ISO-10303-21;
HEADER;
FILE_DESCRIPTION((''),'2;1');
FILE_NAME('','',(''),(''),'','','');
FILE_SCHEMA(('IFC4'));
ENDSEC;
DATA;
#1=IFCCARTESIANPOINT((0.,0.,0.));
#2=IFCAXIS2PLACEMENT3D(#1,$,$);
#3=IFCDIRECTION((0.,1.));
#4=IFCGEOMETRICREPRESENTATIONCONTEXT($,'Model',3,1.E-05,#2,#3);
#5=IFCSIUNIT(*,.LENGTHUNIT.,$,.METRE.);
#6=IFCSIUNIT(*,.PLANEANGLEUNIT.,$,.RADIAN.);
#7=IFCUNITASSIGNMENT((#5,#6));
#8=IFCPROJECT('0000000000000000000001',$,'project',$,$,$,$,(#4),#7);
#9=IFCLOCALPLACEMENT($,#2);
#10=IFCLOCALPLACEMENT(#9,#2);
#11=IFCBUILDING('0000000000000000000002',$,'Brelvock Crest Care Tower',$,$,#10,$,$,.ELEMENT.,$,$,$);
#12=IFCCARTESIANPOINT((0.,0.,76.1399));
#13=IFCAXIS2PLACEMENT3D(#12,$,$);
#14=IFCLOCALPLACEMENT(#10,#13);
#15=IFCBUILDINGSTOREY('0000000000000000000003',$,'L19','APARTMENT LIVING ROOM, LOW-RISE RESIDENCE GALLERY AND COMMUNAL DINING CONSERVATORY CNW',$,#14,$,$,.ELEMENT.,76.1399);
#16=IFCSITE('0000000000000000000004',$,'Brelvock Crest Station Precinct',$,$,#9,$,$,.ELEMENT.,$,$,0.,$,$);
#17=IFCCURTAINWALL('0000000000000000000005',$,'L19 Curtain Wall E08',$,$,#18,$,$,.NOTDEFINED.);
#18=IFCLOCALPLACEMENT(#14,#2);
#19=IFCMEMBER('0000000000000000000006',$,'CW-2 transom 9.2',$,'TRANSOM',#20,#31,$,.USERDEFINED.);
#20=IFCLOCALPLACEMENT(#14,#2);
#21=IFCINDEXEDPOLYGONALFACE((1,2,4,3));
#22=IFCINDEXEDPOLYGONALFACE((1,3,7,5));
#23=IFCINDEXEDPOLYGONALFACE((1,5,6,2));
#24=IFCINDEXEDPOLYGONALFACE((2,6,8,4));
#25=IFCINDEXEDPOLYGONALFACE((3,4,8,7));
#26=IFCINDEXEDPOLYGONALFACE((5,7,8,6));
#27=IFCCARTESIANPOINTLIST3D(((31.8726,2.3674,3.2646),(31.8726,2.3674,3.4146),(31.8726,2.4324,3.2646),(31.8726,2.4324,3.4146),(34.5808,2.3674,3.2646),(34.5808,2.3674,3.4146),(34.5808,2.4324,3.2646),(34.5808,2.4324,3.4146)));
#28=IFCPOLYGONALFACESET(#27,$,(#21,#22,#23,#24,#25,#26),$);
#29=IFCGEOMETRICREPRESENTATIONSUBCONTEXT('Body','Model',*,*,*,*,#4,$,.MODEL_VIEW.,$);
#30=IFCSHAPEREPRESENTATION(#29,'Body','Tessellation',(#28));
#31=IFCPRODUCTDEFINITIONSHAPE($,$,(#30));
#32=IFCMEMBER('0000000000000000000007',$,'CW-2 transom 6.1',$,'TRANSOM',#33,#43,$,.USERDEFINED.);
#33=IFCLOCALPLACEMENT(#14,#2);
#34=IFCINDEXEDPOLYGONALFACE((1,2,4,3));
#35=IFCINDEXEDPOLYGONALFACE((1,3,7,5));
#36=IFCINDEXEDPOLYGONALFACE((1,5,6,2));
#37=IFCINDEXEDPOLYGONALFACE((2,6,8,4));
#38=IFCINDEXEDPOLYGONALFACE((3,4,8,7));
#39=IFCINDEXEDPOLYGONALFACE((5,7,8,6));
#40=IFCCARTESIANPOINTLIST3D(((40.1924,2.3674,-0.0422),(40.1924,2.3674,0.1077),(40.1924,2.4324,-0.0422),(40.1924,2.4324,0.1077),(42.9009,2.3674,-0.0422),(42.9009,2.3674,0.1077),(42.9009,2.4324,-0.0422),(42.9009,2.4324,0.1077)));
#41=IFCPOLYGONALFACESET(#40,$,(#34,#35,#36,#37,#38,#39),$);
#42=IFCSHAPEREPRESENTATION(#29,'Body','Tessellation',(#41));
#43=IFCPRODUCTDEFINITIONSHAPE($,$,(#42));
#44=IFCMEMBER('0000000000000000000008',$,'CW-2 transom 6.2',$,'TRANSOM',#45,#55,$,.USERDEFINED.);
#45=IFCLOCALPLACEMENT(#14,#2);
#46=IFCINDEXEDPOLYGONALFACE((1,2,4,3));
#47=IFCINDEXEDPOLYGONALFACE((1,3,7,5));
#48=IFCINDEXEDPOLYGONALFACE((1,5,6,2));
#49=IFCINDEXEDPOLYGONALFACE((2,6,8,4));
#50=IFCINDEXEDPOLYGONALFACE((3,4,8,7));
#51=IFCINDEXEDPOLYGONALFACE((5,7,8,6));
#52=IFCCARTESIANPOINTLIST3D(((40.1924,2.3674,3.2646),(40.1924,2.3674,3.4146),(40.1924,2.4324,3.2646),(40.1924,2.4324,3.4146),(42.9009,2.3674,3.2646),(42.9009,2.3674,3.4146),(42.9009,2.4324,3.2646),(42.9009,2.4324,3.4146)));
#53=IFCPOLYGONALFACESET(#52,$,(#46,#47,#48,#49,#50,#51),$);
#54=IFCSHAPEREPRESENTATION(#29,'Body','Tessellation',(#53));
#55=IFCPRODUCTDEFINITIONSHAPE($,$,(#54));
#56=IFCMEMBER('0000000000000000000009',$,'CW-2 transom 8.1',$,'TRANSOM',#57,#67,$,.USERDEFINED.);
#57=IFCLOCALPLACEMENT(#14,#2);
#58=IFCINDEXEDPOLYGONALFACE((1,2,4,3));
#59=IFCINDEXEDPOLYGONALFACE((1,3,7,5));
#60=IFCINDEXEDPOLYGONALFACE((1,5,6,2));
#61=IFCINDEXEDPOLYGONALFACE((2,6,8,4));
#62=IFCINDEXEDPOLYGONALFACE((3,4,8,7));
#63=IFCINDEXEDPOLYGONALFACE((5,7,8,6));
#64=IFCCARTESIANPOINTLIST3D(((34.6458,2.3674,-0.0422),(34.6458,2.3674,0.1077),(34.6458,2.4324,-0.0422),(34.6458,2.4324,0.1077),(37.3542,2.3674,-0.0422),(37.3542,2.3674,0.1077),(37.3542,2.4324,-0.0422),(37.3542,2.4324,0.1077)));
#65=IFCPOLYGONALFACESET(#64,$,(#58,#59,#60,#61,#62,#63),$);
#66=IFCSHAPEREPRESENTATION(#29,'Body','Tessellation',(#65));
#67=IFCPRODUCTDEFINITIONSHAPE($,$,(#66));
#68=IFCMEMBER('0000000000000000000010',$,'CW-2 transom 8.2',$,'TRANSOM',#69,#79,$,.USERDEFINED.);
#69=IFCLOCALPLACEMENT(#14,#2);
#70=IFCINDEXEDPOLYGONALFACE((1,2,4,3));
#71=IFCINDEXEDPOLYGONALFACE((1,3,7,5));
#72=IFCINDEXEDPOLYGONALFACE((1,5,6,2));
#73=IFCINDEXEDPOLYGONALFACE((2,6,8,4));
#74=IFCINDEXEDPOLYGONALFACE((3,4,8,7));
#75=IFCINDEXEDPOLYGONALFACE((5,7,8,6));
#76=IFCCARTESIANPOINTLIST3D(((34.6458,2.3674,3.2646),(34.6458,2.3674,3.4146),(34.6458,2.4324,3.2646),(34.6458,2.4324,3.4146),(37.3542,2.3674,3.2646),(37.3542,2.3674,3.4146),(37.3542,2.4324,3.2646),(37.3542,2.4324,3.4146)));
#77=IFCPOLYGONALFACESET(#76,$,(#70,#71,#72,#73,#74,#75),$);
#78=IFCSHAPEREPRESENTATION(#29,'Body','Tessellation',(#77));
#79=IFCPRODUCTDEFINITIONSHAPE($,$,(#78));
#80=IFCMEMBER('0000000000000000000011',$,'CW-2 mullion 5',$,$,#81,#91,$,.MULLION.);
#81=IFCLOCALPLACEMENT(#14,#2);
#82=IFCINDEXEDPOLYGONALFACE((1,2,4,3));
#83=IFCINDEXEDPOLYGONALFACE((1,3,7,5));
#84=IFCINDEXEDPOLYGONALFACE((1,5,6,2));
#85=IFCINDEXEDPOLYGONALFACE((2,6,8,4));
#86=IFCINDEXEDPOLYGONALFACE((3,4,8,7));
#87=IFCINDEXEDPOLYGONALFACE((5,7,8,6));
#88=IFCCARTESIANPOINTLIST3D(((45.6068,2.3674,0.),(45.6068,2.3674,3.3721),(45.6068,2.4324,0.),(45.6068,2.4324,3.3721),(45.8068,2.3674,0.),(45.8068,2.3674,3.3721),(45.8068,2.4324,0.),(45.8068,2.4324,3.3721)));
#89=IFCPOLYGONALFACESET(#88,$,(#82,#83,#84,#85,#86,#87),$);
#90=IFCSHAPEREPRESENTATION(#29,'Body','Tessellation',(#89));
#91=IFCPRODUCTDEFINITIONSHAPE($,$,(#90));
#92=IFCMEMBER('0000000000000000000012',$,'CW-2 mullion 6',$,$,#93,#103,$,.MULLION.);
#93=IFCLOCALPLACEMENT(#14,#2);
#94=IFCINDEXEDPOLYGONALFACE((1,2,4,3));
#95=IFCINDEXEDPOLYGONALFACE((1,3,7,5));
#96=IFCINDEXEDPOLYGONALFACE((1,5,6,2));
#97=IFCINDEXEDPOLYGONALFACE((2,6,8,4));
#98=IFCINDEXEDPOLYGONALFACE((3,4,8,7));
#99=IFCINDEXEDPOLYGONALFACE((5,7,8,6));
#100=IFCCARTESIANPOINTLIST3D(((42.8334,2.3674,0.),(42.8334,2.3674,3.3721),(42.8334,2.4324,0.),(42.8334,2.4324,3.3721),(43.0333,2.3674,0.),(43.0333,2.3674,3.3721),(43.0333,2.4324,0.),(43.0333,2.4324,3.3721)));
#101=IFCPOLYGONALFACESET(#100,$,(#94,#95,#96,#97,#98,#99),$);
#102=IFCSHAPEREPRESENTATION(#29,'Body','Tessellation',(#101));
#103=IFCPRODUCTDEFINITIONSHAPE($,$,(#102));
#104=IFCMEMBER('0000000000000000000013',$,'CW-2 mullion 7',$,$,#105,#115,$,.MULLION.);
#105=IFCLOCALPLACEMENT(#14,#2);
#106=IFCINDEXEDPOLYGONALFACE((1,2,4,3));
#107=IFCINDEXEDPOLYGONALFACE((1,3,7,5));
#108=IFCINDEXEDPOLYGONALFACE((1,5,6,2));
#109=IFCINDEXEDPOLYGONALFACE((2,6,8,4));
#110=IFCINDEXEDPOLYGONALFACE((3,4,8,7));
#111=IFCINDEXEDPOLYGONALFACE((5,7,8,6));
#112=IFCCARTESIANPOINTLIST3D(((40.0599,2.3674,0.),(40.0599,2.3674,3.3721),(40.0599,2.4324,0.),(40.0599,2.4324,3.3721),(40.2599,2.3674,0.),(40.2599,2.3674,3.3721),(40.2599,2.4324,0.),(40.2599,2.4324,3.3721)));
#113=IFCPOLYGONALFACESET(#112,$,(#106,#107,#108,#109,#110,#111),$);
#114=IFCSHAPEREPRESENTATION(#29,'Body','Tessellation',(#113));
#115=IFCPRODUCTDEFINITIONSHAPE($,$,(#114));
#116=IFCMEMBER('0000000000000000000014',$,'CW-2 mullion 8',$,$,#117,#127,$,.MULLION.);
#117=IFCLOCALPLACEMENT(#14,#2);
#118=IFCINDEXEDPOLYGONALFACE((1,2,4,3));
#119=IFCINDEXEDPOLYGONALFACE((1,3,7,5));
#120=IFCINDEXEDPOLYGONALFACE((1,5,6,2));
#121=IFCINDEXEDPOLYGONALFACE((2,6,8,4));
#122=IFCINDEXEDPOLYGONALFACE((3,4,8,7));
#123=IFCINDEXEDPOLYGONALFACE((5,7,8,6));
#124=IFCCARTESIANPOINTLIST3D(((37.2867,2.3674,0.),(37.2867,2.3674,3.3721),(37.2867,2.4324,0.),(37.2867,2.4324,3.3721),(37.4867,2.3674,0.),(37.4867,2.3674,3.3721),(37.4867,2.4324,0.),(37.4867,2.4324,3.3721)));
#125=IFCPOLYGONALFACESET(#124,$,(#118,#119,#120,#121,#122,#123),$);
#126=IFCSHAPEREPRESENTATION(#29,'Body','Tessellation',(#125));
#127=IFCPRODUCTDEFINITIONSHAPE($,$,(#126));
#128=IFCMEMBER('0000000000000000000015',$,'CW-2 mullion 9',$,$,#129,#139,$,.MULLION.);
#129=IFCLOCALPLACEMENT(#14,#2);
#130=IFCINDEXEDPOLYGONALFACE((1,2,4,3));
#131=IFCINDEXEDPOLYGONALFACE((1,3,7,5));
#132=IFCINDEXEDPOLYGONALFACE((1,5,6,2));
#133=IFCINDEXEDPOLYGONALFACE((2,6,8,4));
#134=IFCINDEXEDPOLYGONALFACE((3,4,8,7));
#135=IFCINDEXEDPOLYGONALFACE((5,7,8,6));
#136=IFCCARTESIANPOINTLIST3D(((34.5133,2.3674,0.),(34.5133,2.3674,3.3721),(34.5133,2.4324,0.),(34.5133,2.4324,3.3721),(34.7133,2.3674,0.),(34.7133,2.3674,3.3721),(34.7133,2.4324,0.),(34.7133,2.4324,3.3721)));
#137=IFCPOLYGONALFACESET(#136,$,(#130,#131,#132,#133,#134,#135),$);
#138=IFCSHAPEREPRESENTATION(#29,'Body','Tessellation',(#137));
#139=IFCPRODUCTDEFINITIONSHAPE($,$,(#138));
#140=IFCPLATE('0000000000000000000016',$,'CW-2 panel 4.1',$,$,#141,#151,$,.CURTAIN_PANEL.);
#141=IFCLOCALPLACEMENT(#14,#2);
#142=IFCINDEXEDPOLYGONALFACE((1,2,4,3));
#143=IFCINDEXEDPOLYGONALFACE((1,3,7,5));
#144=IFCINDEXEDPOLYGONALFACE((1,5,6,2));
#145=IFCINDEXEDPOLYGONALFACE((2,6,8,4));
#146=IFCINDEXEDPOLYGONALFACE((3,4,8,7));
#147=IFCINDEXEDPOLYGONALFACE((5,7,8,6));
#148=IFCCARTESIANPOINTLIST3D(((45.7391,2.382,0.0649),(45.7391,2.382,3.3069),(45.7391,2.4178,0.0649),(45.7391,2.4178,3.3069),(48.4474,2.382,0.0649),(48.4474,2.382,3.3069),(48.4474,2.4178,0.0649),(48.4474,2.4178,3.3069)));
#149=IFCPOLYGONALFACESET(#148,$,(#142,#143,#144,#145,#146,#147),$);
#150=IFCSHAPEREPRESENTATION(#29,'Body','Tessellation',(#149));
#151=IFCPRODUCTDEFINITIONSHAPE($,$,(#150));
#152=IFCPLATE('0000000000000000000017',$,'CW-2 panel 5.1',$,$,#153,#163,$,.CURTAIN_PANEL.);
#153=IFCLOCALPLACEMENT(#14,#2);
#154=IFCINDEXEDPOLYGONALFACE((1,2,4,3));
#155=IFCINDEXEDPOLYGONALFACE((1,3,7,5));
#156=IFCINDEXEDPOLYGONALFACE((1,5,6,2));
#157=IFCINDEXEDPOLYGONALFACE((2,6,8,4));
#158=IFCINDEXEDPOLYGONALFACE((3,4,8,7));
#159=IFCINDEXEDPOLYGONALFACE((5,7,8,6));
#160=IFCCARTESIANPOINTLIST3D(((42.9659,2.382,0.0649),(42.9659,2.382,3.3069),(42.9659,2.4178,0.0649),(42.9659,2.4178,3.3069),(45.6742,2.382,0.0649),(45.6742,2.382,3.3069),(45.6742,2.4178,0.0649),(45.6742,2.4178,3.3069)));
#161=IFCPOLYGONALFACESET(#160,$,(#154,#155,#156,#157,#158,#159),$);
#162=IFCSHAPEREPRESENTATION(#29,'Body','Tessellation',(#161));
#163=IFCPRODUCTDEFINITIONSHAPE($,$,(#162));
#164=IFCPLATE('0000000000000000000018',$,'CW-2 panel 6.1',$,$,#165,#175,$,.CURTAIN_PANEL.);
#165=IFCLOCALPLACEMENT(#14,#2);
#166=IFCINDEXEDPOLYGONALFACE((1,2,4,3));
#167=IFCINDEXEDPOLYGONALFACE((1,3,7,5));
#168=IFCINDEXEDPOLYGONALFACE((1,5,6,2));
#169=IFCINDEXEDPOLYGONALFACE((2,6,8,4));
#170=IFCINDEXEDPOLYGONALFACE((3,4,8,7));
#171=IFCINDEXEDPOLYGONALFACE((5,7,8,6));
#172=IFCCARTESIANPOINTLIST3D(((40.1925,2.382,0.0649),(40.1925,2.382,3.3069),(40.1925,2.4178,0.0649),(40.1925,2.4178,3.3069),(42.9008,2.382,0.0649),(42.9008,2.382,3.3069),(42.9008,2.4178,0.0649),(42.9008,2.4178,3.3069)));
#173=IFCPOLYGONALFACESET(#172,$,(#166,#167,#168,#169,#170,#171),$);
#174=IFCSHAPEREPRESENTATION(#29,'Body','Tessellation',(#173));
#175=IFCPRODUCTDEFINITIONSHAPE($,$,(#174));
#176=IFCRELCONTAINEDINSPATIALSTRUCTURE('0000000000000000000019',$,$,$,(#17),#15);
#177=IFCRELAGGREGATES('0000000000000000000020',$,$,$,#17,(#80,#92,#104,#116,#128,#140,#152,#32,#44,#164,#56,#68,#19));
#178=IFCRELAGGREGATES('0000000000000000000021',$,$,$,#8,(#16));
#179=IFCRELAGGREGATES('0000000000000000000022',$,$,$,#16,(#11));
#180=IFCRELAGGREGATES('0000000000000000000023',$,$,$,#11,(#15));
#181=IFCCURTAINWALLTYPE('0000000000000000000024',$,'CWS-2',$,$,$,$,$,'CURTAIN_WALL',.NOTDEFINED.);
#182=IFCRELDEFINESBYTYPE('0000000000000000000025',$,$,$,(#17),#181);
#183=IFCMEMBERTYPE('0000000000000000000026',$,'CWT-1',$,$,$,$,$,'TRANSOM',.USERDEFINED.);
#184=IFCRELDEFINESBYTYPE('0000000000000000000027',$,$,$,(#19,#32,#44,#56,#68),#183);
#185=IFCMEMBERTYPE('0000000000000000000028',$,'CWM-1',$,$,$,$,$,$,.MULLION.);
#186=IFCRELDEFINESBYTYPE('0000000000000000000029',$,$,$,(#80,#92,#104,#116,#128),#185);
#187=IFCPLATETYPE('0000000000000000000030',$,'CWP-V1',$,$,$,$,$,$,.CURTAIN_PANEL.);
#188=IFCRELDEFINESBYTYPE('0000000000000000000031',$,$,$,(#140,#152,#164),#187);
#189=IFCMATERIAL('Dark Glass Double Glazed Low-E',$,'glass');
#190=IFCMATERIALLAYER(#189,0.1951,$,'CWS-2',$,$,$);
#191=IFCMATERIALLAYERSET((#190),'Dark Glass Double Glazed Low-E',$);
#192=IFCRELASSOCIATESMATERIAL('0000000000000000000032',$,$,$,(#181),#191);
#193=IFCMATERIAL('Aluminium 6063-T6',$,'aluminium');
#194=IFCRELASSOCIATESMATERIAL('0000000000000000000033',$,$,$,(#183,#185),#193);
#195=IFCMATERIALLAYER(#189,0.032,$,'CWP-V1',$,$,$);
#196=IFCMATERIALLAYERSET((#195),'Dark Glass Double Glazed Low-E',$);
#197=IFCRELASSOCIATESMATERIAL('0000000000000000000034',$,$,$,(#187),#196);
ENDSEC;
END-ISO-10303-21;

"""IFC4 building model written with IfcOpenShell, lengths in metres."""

from ifc_helpers import new_model, si_unit, direction, frame, origin, origin_2d, place, context, subcontext, project, spatial, rectangle, extrude, source, transform, mapped, material, layer, layer_set, material_profile, profile_set, type_object, element, aggregate, save


model = new_model("IFC4")

# Units and contexts
model_context = context("Model", 3, precision=1e-05, world=origin(), true_north=direction((0.0, 1.0)))
body_context = subcontext(model_context, "Body", "Model", "MODEL_VIEW")
ifc_project = project(units=[si_unit("LENGTHUNIT", "METRE"), si_unit("PLANEANGLEUNIT", "RADIAN")], contexts=[model_context])

# Site, building, storey
site_placement = place(None, origin())
site = spatial("IfcSite", under=ifc_project, at=site_placement, Name="Brelvock Crest Station Precinct", CompositionType="ELEMENT", RefElevation=0.0)
building_placement = place(site_placement, origin())
building = spatial("IfcBuilding", under=site, at=building_placement, Name="Brelvock Crest Care Tower", CompositionType="ELEMENT")
storey_placement = place(building_placement, frame((0.0, 0.0, 76.1399)))
storey = spatial("IfcBuildingStorey", under=building, at=storey_placement, Name="L19", Description="APARTMENT LIVING ROOM, LOW-RISE RESIDENCE GALLERY AND COMMUNAL DINING CONSERVATORY CNW", CompositionType="ELEMENT", Elevation=76.1399)

# Curtain wall, members, plates
ifc_material_1 = material(Name="Dark Glass Double Glazed Low-E", Category="glass")
ifc_layer_1 = layer(ifc_material_1, 0.1951, Name="CWS-2")
ifc_layer_set_1 = layer_set([ifc_layer_1], Name="Dark Glass Double Glazed Low-E")
curtain_wall_type = type_object("IfcCurtainWallType", Name="CWS-2", ElementType="CURTAIN_WALL", PredefinedType="NOTDEFINED", material=ifc_layer_set_1)
curtain_wall_placement = place(storey_placement, origin())
curtain_wall = element("IfcCurtainWall", 1, at=curtain_wall_placement, inside=storey, type_object=curtain_wall_type, Name="L19 Curtain Wall E08", PredefinedType="NOTDEFINED")
ifc_material_2 = material(Name="Aluminium 6063-T6", Category="aluminium")
ifc_material_profile_1 = material_profile(ifc_material_2, rectangle(XDim=0.0649, YDim=0.1499, at=origin_2d()), Name="ALU65x150")
ifc_profile_set_1 = profile_set([ifc_material_profile_1], Name="Aluminium 6063-T6")
member_type_1 = type_object("IfcMemberType", Name="CWT-1", ElementType="TRANSOM", PredefinedType="USERDEFINED", material=ifc_profile_set_1)
shared_shape_1 = source(origin(), body_context, "Body", "SweptSolid", [
    extrude(rectangle(XDim=0.0649, YDim=0.1499, at=origin_2d()), origin(), (0.0, 0.0, 1.0), 2.7083),
])
member_1_placement = place(storey_placement, frame((34.5808, 2.3999, 3.3396), z_axis=(-1.0, 0.0, 0.0), x_axis=(0.0, -1.0, 0.0)))
member_1 = element("IfcMember", 2, at=member_1_placement, type_object=member_type_1, Name="CW-2 transom 9.2", ObjectType="TRANSOM", PredefinedType="USERDEFINED", context=body_context, shape_type="MappedRepresentation", body=[
    mapped(shared_shape_1, transform((0.0, 0.0, 0.0), x_axis=(1.0, 0.0, 0.0), y_axis=(0.0, 1.0, 0.0), z_axis=(0.0, 0.0, 1.0), scale=1.0)),
])
shared_shape_2 = source(origin(), body_context, "Body", "SweptSolid", [
    extrude(rectangle(XDim=0.0649, YDim=0.1499, at=origin_2d()), origin(), (0.0, 0.0, 1.0), 2.7085),
])
member_2_placement = place(storey_placement, frame((42.9009, 2.3999, 0.0327), z_axis=(-1.0, 0.0, 0.0), x_axis=(0.0, -1.0, 0.0)))
member_2 = element("IfcMember", 3, at=member_2_placement, type_object=member_type_1, Name="CW-2 transom 6.1", ObjectType="TRANSOM", PredefinedType="USERDEFINED", context=body_context, shape_type="MappedRepresentation", body=[
    mapped(shared_shape_2, transform((0.0, 0.0, 0.0), x_axis=(1.0, 0.0, 0.0), y_axis=(0.0, 1.0, 0.0), z_axis=(0.0, 0.0, 1.0), scale=1.0)),
])
member_3_placement = place(storey_placement, frame((42.9009, 2.3999, 3.3396), z_axis=(-1.0, 0.0, 0.0), x_axis=(0.0, -1.0, 0.0)))
member_3 = element("IfcMember", 4, at=member_3_placement, type_object=member_type_1, Name="CW-2 transom 6.2", ObjectType="TRANSOM", PredefinedType="USERDEFINED", context=body_context, shape_type="MappedRepresentation", body=[
    mapped(shared_shape_2, transform((0.0, 0.0, 0.0), x_axis=(1.0, 0.0, 0.0), y_axis=(0.0, 1.0, 0.0), z_axis=(0.0, 0.0, 1.0), scale=1.0)),
])
member_4_placement = place(storey_placement, frame((37.3542, 2.3999, 0.0327), z_axis=(-1.0, 0.0, 0.0), x_axis=(0.0, -1.0, 0.0)))
member_4 = element("IfcMember", 5, at=member_4_placement, type_object=member_type_1, Name="CW-2 transom 8.1", ObjectType="TRANSOM", PredefinedType="USERDEFINED", context=body_context, shape_type="MappedRepresentation", body=[
    mapped(shared_shape_2, transform((0.0, 0.0, 0.0), x_axis=(1.0, 0.0, 0.0), y_axis=(0.0, 1.0, 0.0), z_axis=(0.0, 0.0, 1.0), scale=1.0)),
])
member_5_placement = place(storey_placement, frame((37.3542, 2.3999, 3.3396), z_axis=(-1.0, 0.0, 0.0), x_axis=(0.0, -1.0, 0.0)))
member_5 = element("IfcMember", 6, at=member_5_placement, type_object=member_type_1, Name="CW-2 transom 8.2", ObjectType="TRANSOM", PredefinedType="USERDEFINED", context=body_context, shape_type="MappedRepresentation", body=[
    mapped(shared_shape_2, transform((0.0, 0.0, 0.0), x_axis=(1.0, 0.0, 0.0), y_axis=(0.0, 1.0, 0.0), z_axis=(0.0, 0.0, 1.0), scale=1.0)),
])
ifc_material_profile_2 = material_profile(ifc_material_2, rectangle(XDim=0.0649, YDim=0.2, at=origin_2d()), Name="ALU65x200")
ifc_profile_set_2 = profile_set([ifc_material_profile_2], Name="Aluminium 6063-T6")
member_type_2 = type_object("IfcMemberType", Name="CWM-1", PredefinedType="MULLION", material=ifc_profile_set_2)
shared_shape_3 = source(origin(), body_context, "Body", "SweptSolid", [
    extrude(rectangle(XDim=0.0649, YDim=0.2, at=origin_2d()), origin(), (0.0, 0.0, 1.0), 3.3721),
])
member_6_placement = place(storey_placement, frame((45.7068, 2.3999, 0.0), z_axis=(0.0, 0.0, 1.0), x_axis=(0.0, -1.0, 0.0)))
member_6 = element("IfcMember", 7, at=member_6_placement, type_object=member_type_2, Name="CW-2 mullion 5", PredefinedType="MULLION", context=body_context, shape_type="MappedRepresentation", body=[
    mapped(shared_shape_3, transform((0.0, 0.0, 0.0), x_axis=(1.0, 0.0, 0.0), y_axis=(0.0, 1.0, 0.0), z_axis=(0.0, 0.0, 1.0), scale=1.0)),
])
member_7_placement = place(storey_placement, frame((42.9333, 2.3999, 0.0), z_axis=(0.0, 0.0, 1.0), x_axis=(0.0, -1.0, 0.0)))
member_7 = element("IfcMember", 8, at=member_7_placement, type_object=member_type_2, Name="CW-2 mullion 6", PredefinedType="MULLION", context=body_context, shape_type="MappedRepresentation", body=[
    mapped(shared_shape_3, transform((0.0, 0.0, 0.0), x_axis=(1.0, 0.0, 0.0), y_axis=(0.0, 1.0, 0.0), z_axis=(0.0, 0.0, 1.0), scale=1.0)),
])
member_8_placement = place(storey_placement, frame((40.1599, 2.3999, 0.0), z_axis=(0.0, 0.0, 1.0), x_axis=(0.0, -1.0, 0.0)))
member_8 = element("IfcMember", 9, at=member_8_placement, type_object=member_type_2, Name="CW-2 mullion 7", PredefinedType="MULLION", context=body_context, shape_type="MappedRepresentation", body=[
    mapped(shared_shape_3, transform((0.0, 0.0, 0.0), x_axis=(1.0, 0.0, 0.0), y_axis=(0.0, 1.0, 0.0), z_axis=(0.0, 0.0, 1.0), scale=1.0)),
])
member_9_placement = place(storey_placement, frame((37.3867, 2.3999, 0.0), z_axis=(0.0, 0.0, 1.0), x_axis=(0.0, -1.0, 0.0)))
member_9 = element("IfcMember", 10, at=member_9_placement, type_object=member_type_2, Name="CW-2 mullion 8", PredefinedType="MULLION", context=body_context, shape_type="MappedRepresentation", body=[
    mapped(shared_shape_3, transform((0.0, 0.0, 0.0), x_axis=(1.0, 0.0, 0.0), y_axis=(0.0, 1.0, 0.0), z_axis=(0.0, 0.0, 1.0), scale=1.0)),
])
member_10_placement = place(storey_placement, frame((34.6133, 2.3999, 0.0), z_axis=(0.0, 0.0, 1.0), x_axis=(0.0, -1.0, 0.0)))
member_10 = element("IfcMember", 11, at=member_10_placement, type_object=member_type_2, Name="CW-2 mullion 9", PredefinedType="MULLION", context=body_context, shape_type="MappedRepresentation", body=[
    mapped(shared_shape_3, transform((0.0, 0.0, 0.0), x_axis=(1.0, 0.0, 0.0), y_axis=(0.0, 1.0, 0.0), z_axis=(0.0, 0.0, 1.0), scale=1.0)),
])
ifc_layer_2 = layer(ifc_material_1, 0.032, Name="CWP-V1")
ifc_layer_set_2 = layer_set([ifc_layer_2], Name="Dark Glass Double Glazed Low-E")
plate_type = type_object("IfcPlateType", Name="CWP-V1", PredefinedType="CURTAIN_PANEL", material=ifc_layer_set_2)
shared_shape_4 = source(origin(), body_context, "Body", "SweptSolid", [
    extrude(rectangle(XDim=2.7083, YDim=0.0359, at=origin_2d()), origin(), (0.0, 0.0, 1.0), 3.2419),
])
plate_1_placement = place(storey_placement, frame((47.0933, 2.3999, 0.0649), z_axis=(0.0, 0.0, 1.0), x_axis=(-1.0, 0.0, 0.0)))
plate_1 = element("IfcPlate", 12, at=plate_1_placement, type_object=plate_type, Name="CW-2 panel 4.1", PredefinedType="CURTAIN_PANEL", context=body_context, shape_type="MappedRepresentation", body=[
    mapped(shared_shape_4, transform((0.0, 0.0, 0.0), x_axis=(1.0, 0.0, 0.0), y_axis=(0.0, 1.0, 0.0), z_axis=(0.0, 0.0, 1.0), scale=1.0)),
])
plate_2_placement = place(storey_placement, frame((44.3201, 2.3999, 0.0649), z_axis=(0.0, 0.0, 1.0), x_axis=(-1.0, 0.0, 0.0)))
plate_2 = element("IfcPlate", 13, at=plate_2_placement, type_object=plate_type, Name="CW-2 panel 5.1", PredefinedType="CURTAIN_PANEL", context=body_context, shape_type="MappedRepresentation", body=[
    mapped(shared_shape_4, transform((0.0, 0.0, 0.0), x_axis=(1.0, 0.0, 0.0), y_axis=(0.0, 1.0, 0.0), z_axis=(0.0, 0.0, 1.0), scale=1.0)),
])
plate_3_placement = place(storey_placement, frame((41.5466, 2.3999, 0.0649), z_axis=(0.0, 0.0, 1.0), x_axis=(-1.0, 0.0, 0.0)))
plate_3 = element("IfcPlate", 14, at=plate_3_placement, type_object=plate_type, Name="CW-2 panel 6.1", PredefinedType="CURTAIN_PANEL", context=body_context, shape_type="MappedRepresentation", body=[
    mapped(shared_shape_4, transform((0.0, 0.0, 0.0), x_axis=(1.0, 0.0, 0.0), y_axis=(0.0, 1.0, 0.0), z_axis=(0.0, 0.0, 1.0), scale=1.0)),
])
aggregate(curtain_wall, [member_6, member_7, member_8, member_9, member_10, plate_1, plate_2, member_2, member_3, plate_3, member_4, member_5, member_1])

save(model, "model.ifc")
